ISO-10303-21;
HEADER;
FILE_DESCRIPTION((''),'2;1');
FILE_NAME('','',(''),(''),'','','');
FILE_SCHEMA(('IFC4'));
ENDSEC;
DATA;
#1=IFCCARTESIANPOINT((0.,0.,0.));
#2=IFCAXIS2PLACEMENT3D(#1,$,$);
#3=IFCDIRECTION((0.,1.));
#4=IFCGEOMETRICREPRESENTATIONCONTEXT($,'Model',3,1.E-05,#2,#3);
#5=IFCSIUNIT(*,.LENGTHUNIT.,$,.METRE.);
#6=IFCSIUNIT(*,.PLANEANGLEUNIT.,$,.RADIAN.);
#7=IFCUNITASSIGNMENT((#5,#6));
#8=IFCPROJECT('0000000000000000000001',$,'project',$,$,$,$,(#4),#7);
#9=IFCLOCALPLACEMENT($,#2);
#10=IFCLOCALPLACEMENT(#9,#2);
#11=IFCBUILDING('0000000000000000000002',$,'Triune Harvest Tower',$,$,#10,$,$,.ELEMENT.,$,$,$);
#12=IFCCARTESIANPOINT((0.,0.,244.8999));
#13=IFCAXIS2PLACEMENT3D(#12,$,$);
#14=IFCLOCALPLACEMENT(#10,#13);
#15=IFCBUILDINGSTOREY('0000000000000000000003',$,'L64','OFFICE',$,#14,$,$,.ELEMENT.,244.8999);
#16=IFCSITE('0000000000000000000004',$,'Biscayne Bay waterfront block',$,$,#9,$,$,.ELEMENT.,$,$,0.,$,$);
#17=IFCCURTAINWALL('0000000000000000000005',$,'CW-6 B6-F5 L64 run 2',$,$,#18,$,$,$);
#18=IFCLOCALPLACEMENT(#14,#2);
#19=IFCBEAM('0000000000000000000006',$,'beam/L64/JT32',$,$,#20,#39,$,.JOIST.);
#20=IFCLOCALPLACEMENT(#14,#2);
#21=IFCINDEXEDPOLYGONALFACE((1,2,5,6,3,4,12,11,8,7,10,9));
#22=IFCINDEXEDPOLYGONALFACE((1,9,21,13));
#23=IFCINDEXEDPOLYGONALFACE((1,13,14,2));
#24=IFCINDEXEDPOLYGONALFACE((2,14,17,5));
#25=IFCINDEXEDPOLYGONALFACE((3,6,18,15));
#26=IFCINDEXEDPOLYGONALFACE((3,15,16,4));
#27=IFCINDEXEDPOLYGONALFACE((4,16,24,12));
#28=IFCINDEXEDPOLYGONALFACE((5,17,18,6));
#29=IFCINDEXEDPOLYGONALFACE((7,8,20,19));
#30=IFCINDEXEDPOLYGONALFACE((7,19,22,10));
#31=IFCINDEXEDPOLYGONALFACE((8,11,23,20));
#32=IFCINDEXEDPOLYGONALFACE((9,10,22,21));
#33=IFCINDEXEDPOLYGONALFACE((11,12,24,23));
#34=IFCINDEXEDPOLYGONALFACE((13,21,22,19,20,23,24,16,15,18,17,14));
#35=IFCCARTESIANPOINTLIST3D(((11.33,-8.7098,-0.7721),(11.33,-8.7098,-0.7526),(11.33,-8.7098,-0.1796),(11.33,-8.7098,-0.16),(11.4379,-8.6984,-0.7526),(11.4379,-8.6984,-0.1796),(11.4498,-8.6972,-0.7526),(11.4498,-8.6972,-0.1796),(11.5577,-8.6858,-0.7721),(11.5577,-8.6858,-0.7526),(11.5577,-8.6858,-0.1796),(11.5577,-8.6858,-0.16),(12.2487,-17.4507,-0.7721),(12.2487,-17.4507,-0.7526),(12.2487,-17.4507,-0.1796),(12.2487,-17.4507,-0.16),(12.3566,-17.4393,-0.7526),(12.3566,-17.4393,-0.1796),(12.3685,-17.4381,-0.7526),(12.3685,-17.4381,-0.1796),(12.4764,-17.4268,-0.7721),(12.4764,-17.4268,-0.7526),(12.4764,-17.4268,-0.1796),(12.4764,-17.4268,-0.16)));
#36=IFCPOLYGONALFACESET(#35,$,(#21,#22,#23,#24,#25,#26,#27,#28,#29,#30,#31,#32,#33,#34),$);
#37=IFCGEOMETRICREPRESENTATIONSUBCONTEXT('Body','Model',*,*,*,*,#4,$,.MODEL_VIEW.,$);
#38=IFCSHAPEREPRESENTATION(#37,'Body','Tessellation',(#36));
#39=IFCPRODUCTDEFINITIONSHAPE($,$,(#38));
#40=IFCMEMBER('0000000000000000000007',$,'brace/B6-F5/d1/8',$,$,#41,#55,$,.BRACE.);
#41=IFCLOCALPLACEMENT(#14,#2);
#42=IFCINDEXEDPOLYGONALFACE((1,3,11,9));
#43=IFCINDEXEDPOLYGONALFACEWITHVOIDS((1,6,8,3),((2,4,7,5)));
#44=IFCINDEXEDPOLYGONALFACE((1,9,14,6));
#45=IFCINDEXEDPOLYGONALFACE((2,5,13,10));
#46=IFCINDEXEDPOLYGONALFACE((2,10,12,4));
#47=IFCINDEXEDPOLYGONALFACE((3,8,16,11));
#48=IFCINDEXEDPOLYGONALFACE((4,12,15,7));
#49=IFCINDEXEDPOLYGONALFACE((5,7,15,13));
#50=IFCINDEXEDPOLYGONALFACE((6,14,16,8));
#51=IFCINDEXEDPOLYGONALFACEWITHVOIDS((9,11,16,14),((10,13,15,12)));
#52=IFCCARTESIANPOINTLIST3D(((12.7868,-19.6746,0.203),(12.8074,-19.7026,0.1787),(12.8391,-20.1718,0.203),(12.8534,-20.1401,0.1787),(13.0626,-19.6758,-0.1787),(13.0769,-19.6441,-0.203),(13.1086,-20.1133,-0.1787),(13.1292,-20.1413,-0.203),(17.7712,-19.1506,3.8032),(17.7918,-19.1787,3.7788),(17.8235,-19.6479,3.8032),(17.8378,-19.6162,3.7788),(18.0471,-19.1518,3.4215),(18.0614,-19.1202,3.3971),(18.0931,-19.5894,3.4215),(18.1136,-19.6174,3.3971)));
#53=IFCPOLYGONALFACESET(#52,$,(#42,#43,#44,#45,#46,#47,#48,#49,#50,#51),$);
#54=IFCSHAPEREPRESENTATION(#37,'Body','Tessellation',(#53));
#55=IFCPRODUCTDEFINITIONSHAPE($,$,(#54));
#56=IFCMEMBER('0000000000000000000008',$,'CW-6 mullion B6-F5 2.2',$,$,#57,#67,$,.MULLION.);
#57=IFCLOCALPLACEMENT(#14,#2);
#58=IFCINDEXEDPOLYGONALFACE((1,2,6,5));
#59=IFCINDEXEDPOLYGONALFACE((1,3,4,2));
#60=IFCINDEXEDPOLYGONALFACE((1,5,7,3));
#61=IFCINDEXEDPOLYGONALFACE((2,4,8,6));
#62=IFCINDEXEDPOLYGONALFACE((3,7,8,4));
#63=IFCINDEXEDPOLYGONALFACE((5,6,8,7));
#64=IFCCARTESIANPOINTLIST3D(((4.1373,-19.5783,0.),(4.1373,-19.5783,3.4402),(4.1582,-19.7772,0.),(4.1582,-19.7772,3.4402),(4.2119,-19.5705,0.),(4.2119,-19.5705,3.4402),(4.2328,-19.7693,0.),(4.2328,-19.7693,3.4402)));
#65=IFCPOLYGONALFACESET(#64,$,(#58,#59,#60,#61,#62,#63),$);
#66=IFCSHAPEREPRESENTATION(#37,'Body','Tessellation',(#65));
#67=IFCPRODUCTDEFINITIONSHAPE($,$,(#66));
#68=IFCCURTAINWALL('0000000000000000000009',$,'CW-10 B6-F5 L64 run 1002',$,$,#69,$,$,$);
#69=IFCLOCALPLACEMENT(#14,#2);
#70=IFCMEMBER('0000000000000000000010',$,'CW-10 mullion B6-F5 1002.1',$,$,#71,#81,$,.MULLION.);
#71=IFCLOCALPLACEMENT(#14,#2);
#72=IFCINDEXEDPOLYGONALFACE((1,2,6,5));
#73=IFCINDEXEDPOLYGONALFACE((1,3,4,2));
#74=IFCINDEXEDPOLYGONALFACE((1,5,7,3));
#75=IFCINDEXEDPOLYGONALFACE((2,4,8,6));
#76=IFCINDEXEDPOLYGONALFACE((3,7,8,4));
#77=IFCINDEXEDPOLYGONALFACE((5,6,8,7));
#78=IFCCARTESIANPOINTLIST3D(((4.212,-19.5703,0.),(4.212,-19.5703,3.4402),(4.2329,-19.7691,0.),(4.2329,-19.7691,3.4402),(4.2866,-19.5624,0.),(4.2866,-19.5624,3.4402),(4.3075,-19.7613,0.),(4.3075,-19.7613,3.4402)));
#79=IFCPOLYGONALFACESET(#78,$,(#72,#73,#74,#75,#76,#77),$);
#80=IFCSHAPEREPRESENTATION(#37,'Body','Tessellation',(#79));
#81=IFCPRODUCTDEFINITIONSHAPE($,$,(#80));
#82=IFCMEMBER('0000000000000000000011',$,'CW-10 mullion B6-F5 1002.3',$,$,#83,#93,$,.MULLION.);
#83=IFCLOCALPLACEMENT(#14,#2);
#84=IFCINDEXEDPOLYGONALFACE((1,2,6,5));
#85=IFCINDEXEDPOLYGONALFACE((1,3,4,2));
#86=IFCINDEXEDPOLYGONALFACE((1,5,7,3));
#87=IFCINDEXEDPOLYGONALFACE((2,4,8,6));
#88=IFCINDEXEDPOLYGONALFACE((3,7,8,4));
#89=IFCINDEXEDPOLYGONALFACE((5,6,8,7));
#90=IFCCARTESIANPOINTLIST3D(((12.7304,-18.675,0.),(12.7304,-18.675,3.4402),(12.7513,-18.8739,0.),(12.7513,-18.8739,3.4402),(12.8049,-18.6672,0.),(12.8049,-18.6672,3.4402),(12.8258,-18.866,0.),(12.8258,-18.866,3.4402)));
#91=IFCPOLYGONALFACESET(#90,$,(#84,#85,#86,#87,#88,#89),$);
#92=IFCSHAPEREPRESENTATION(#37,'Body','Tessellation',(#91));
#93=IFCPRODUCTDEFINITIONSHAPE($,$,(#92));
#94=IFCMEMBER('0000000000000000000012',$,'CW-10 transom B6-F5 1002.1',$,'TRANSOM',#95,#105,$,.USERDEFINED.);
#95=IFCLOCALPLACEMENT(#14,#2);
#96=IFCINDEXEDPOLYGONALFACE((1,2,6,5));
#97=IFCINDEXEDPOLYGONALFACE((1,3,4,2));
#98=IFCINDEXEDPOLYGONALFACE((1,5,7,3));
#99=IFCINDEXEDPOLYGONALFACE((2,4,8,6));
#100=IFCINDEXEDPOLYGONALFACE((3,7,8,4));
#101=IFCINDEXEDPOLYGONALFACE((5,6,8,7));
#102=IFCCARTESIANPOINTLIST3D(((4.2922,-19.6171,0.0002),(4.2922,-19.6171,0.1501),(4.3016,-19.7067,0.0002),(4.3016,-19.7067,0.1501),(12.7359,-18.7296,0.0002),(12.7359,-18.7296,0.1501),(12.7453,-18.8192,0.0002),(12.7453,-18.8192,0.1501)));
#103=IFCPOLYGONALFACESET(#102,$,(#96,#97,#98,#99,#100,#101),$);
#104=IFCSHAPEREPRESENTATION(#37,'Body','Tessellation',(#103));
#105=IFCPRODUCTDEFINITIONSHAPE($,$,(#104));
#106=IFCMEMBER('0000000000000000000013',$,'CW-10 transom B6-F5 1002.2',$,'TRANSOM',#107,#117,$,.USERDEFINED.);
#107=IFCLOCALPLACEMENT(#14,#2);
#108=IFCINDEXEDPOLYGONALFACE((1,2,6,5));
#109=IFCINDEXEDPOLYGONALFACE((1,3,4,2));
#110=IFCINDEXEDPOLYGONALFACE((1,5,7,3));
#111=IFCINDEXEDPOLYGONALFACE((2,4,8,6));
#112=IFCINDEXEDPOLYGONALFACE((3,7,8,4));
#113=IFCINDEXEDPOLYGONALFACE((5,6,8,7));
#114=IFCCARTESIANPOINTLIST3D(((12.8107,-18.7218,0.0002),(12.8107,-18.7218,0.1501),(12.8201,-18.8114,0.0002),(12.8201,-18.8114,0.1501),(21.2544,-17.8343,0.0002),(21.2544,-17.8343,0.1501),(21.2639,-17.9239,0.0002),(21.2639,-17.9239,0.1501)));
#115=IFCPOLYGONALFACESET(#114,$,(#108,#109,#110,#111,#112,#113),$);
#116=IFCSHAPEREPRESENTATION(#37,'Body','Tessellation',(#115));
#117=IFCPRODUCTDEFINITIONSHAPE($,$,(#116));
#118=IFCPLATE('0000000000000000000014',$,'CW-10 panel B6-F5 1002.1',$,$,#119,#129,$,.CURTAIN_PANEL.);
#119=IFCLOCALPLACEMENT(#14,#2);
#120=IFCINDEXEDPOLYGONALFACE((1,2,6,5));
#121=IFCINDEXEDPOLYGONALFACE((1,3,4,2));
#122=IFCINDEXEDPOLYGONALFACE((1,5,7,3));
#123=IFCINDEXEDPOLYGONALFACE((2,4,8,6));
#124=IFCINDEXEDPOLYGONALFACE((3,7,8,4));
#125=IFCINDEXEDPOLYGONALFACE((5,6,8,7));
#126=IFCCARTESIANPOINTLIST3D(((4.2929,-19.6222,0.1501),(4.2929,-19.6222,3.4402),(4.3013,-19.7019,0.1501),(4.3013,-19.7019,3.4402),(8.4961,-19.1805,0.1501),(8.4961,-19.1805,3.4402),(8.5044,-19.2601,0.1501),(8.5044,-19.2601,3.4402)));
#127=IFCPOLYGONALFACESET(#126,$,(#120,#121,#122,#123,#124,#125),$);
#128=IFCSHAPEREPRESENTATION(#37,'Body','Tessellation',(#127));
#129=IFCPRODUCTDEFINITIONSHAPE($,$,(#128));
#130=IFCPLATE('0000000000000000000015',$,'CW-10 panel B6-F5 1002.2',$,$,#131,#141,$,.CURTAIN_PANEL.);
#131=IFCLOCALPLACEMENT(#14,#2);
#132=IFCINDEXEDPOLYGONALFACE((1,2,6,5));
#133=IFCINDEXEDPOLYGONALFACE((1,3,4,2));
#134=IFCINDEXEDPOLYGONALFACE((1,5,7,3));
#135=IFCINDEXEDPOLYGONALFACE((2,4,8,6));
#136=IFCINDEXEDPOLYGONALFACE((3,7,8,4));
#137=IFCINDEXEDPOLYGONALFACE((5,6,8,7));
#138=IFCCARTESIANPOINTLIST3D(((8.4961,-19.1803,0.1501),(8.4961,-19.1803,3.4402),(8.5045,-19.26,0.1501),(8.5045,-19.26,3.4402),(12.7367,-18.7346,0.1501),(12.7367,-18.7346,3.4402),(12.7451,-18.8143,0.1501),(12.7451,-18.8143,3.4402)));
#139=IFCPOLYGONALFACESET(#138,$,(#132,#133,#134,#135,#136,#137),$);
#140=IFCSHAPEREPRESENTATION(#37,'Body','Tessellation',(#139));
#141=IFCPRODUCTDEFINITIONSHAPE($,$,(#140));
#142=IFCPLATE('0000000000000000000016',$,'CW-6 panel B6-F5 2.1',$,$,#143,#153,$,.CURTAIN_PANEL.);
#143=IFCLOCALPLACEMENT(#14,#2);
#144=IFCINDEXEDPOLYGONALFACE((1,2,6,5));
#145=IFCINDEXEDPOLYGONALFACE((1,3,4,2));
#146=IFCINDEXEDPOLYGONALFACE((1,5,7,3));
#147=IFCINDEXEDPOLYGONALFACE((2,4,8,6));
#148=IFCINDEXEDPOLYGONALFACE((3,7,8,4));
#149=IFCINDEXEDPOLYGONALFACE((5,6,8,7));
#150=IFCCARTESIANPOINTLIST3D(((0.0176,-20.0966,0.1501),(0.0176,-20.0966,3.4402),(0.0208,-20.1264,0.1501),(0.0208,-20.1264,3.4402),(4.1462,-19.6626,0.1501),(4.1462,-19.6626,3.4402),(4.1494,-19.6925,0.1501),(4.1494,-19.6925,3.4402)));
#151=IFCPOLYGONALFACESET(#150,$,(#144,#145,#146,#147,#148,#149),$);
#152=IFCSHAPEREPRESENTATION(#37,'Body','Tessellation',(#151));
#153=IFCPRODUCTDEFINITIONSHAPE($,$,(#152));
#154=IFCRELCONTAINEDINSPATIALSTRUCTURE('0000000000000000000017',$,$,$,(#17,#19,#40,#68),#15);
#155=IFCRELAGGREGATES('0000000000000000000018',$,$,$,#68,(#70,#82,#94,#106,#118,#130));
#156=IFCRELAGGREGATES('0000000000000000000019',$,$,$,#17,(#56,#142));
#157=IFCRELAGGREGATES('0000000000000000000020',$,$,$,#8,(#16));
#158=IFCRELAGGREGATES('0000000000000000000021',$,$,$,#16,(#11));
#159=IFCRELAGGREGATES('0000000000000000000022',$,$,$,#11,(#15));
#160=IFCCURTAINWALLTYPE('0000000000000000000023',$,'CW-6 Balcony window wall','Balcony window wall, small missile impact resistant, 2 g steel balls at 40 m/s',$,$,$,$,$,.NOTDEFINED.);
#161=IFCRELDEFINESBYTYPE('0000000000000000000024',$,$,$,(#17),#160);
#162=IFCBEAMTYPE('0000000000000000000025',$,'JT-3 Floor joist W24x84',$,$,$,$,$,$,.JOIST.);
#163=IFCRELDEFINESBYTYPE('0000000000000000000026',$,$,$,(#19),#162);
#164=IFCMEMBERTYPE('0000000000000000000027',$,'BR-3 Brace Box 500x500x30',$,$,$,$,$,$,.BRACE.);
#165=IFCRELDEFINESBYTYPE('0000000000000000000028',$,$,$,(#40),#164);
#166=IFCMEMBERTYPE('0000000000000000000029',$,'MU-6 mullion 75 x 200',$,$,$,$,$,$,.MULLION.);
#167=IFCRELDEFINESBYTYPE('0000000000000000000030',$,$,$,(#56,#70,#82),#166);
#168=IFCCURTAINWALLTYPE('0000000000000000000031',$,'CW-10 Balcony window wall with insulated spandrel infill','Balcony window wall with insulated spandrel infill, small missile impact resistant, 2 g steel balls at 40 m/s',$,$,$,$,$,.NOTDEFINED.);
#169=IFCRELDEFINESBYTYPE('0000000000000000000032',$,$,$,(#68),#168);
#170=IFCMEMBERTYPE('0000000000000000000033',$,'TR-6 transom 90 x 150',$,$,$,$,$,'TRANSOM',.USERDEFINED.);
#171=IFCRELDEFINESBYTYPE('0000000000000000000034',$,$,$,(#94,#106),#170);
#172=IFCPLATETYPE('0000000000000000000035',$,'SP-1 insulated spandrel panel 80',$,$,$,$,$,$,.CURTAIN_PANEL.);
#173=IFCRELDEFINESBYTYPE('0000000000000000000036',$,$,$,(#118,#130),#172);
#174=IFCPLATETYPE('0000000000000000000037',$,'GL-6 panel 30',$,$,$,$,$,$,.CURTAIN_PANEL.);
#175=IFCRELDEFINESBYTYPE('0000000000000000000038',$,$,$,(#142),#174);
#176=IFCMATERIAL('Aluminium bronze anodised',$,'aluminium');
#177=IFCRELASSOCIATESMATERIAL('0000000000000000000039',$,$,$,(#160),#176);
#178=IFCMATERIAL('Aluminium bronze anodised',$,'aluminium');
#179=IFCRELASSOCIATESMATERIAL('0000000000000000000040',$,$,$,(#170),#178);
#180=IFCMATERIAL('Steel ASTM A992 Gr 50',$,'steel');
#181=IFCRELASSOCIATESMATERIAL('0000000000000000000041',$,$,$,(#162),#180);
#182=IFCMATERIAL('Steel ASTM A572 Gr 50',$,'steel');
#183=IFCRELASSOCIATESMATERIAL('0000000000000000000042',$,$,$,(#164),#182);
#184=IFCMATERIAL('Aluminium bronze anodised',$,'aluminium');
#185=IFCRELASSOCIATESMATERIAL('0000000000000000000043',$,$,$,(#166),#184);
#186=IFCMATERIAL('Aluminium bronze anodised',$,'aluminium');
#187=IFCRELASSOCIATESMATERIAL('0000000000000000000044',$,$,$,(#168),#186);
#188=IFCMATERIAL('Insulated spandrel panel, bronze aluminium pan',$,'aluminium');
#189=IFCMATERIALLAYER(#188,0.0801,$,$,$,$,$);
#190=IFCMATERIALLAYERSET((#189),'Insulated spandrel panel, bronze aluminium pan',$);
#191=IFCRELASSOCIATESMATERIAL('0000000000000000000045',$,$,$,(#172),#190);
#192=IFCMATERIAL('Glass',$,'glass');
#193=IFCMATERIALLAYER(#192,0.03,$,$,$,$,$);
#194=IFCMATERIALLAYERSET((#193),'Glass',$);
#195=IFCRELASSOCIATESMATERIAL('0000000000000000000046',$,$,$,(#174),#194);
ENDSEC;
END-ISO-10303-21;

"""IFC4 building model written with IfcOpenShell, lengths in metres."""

from ifc_helpers import new_model, si_unit, direction, frame, origin, origin_2d, place, context, subcontext, project, spatial, rectangle, hollow_rectangle, i_section, extrude, source, transform, mapped, material, layer, layer_set, material_profile, profile_set, type_object, element, aggregate, save


model = new_model("IFC4")

# Units and contexts
model_context = context("Model", 3, precision=1e-05, world=origin(), true_north=direction((0.0, 1.0)))
body_context = subcontext(model_context, "Body", "Model", "MODEL_VIEW")
ifc_project = project(units=[si_unit("LENGTHUNIT", "METRE"), si_unit("PLANEANGLEUNIT", "RADIAN")], contexts=[model_context])

# Site, building, storey
site_placement = place(None, origin())
site = spatial("IfcSite", under=ifc_project, at=site_placement, Name="Biscayne Bay waterfront block", CompositionType="ELEMENT", RefElevation=0.0)
building_placement = place(site_placement, origin())
building = spatial("IfcBuilding", under=site, at=building_placement, Name="Triune Harvest Tower", CompositionType="ELEMENT")
storey_placement = place(building_placement, frame((0.0, 0.0, 244.8999)))
storey = spatial("IfcBuildingStorey", under=building, at=storey_placement, Name="L64", Description="OFFICE", CompositionType="ELEMENT", Elevation=244.8999)

# Curtain wall
ifc_material_1 = material(Name="Aluminium bronze anodised", Category="aluminium")
curtain_wall_type_1 = type_object("IfcCurtainWallType", Name="CW-6 Balcony window wall", Description="Balcony window wall, small missile impact resistant, 2 g steel balls at 40 m/s", PredefinedType="NOTDEFINED", material=ifc_material_1)
curtain_wall_1_placement = place(storey_placement, origin())
curtain_wall_1 = element("IfcCurtainWall", 1, at=curtain_wall_1_placement, inside=storey, type_object=curtain_wall_type_1, Name="CW-6 B6-F5 L64 run 2")
ifc_material_2 = material(Name="Aluminium bronze anodised", Category="aluminium")
ifc_material_profile_1 = material_profile(ifc_material_2, rectangle(XDim=0.0901, YDim=0.1499, at=origin_2d()), Name="TR-6 transom 90 x 150")
ifc_profile_set_1 = profile_set([ifc_material_profile_1], Name="Aluminium bronze anodised")
member_type_1 = type_object("IfcMemberType", Name="TR-6 transom 90 x 150", ElementType="TRANSOM", PredefinedType="USERDEFINED", material=ifc_profile_set_1)

# Beam
ifc_material_3 = material(Name="Steel ASTM A992 Gr 50", Category="steel")
ifc_material_profile_2 = material_profile(ifc_material_3, i_section(OverallWidth=0.229, OverallDepth=0.6121, WebThickness=0.012, FlangeThickness=0.0195, at=origin_2d()), Name="W24x84")
ifc_profile_set_2 = profile_set([ifc_material_profile_2], Name="Steel ASTM A992 Gr 50")
beam_type_1 = type_object("IfcBeamType", Name="JT-3 Floor joist W24x84", PredefinedType="JOIST", material=ifc_profile_set_2)
shared_shape_1 = source(origin(), body_context, "Body", "SweptSolid", [
    extrude(i_section(OverallWidth=0.229, OverallDepth=0.6121, WebThickness=0.012, FlangeThickness=0.0195, at=origin_2d()), origin(), (0.0, 0.0, 1.0), 8.7891),
])
beam_1_placement = place(storey_placement, frame((12.3625, -17.4387, -0.4661), z_axis=(-0.104527, 0.994522, 0.0), x_axis=(-0.994522, -0.104527, 0.0)))
element("IfcBeam", 2, at=beam_1_placement, inside=storey, type_object=beam_type_1, Name="beam/L64/JT32", PredefinedType="JOIST", context=body_context, shape_type="MappedRepresentation", body=[
    mapped(shared_shape_1, transform((0.0, 0.0, 0.0), scale=1.0)),
])

# Members
ifc_material_4 = material(Name="Steel ASTM A572 Gr 50", Category="steel")
ifc_material_profile_3 = material_profile(ifc_material_4, hollow_rectangle(XDim=0.5, YDim=0.5, WallThickness=0.03, at=origin_2d()), Name="Box 500x500x30")
ifc_profile_set_3 = profile_set([ifc_material_profile_3], Name="Steel ASTM A572 Gr 50")
member_type_2 = type_object("IfcMemberType", Name="BR-3 Brace Box 500x500x30", PredefinedType="BRACE", material=ifc_profile_set_3)
shared_shape_2 = source(origin(), body_context, "Body", "SweptSolid", [
    extrude(hollow_rectangle(XDim=0.5, YDim=0.5, WallThickness=0.03, at=origin_2d()), origin(), (0.0, 0.0, 1.0), 6.1709),
])
member_1_placement = place(storey_placement, frame((12.958, -19.908, 0.0), z_axis=(0.807731, 0.084904, 0.583405), x_axis=(-0.104538, 0.994521, 0.0)))
element("IfcMember", 3, at=member_1_placement, inside=storey, type_object=member_type_2, Name="brace/B6-F5/d1/8", PredefinedType="BRACE", context=body_context, shape_type="MappedRepresentation", body=[
    mapped(shared_shape_2, transform((0.0, 0.0, 0.0), scale=1.0)),
])
ifc_material_5 = material(Name="Aluminium bronze anodised", Category="aluminium")
ifc_material_profile_4 = material_profile(ifc_material_5, rectangle(XDim=0.2, YDim=0.075, at=origin_2d()), Name="MU-6 mullion 75 x 200")
ifc_profile_set_4 = profile_set([ifc_material_profile_4], Name="Aluminium bronze anodised")
member_type_3 = type_object("IfcMemberType", Name="MU-6 mullion 75 x 200", PredefinedType="MULLION", material=ifc_profile_set_4)
shared_shape_3 = source(origin(), body_context, "Body", "SweptSolid", [
    extrude(rectangle(XDim=0.2, YDim=0.075, at=origin_2d()), origin(), (0.0, 0.0, 1.0), 3.4402),
])
member_2_placement = place(storey_placement, frame((4.1851, -19.6738, 0.0), z_axis=(0.0, 0.0, 1.0), x_axis=(-0.104535, 0.994521, 0.0)))
member_2 = element("IfcMember", 4, at=member_2_placement, type_object=member_type_3, Name="CW-6 mullion B6-F5 2.2", PredefinedType="MULLION", context=body_context, shape_type="MappedRepresentation", body=[
    mapped(shared_shape_3, transform((0.0, 0.0, 0.0), scale=1.0)),
])

# Curtain wall, members, plates
ifc_material_6 = material(Name="Aluminium bronze anodised", Category="aluminium")
curtain_wall_type_2 = type_object("IfcCurtainWallType", Name="CW-10 Balcony window wall with insulated spandrel infill", Description="Balcony window wall with insulated spandrel infill, small missile impact resistant, 2 g steel balls at 40 m/s", PredefinedType="NOTDEFINED", material=ifc_material_6)
curtain_wall_2_placement = place(storey_placement, origin())
curtain_wall_2 = element("IfcCurtainWall", 5, at=curtain_wall_2_placement, inside=storey, type_object=curtain_wall_type_2, Name="CW-10 B6-F5 L64 run 1002")
member_3_placement = place(storey_placement, frame((4.2598, -19.6658, 0.0), z_axis=(0.0, 0.0, 1.0), x_axis=(-0.10453, 0.994522, 0.0)))
member_3 = element("IfcMember", 6, at=member_3_placement, type_object=member_type_3, Name="CW-10 mullion B6-F5 1002.1", PredefinedType="MULLION", context=body_context, shape_type="MappedRepresentation", body=[
    mapped(shared_shape_3, transform((0.0, 0.0, 0.0), scale=1.0)),
])
member_4_placement = place(storey_placement, frame((12.7781, -18.7705, 0.0), z_axis=(0.0, 0.0, 1.0), x_axis=(-0.10453, 0.994522, 0.0)))
member_4 = element("IfcMember", 7, at=member_4_placement, type_object=member_type_3, Name="CW-10 mullion B6-F5 1002.3", PredefinedType="MULLION", context=body_context, shape_type="MappedRepresentation", body=[
    mapped(shared_shape_3, transform((0.0, 0.0, 0.0), scale=1.0)),
])
shared_shape_4 = source(origin(), body_context, "Body", "SweptSolid", [
    extrude(rectangle(XDim=0.0901, YDim=0.1499, at=origin_2d()), origin(), (0.0, 0.0, 1.0), 8.4902),
])
member_5_placement = place(storey_placement, frame((4.2969, -19.6619, 0.0752), z_axis=(0.994522, 0.104525, 0.0), x_axis=(-0.104525, 0.994522, 0.0)))
member_5 = element("IfcMember", 8, at=member_5_placement, type_object=member_type_1, Name="CW-10 transom B6-F5 1002.1", ObjectType="TRANSOM", PredefinedType="USERDEFINED", context=body_context, shape_type="MappedRepresentation", body=[
    mapped(shared_shape_4, transform((0.0, 0.0, 0.0), scale=1.0)),
])
member_6_placement = place(storey_placement, frame((12.8154, -18.7666, 0.0752), z_axis=(0.994522, 0.104528, 0.0), x_axis=(-0.104528, 0.994522, 0.0)))
member_6 = element("IfcMember", 9, at=member_6_placement, type_object=member_type_1, Name="CW-10 transom B6-F5 1002.2", ObjectType="TRANSOM", PredefinedType="USERDEFINED", context=body_context, shape_type="MappedRepresentation", body=[
    mapped(shared_shape_4, transform((0.0, 0.0, 0.0), scale=1.0)),
])
ifc_material_7 = material(Name="Insulated spandrel panel, bronze aluminium pan", Category="aluminium")
ifc_layer_1 = layer(ifc_material_7, 0.0801)
ifc_layer_set_1 = layer_set([ifc_layer_1], Name="Insulated spandrel panel, bronze aluminium pan")
plate_type_1 = type_object("IfcPlateType", Name="SP-1 insulated spandrel panel 80", PredefinedType="CURTAIN_PANEL", material=ifc_layer_set_1)
shared_shape_5 = source(origin(), body_context, "Body", "SweptSolid", [
    extrude(rectangle(XDim=4.2263, YDim=0.0801, at=origin_2d()), origin(), (0.0, 0.0, 1.0), 3.29),
])
plate_1_placement = place(storey_placement, frame((6.3987, -19.4412, 0.1501), z_axis=(0.0, 0.0, 1.0), x_axis=(0.994522, 0.10453, 0.0)))
plate_1 = element("IfcPlate", 10, at=plate_1_placement, type_object=plate_type_1, Name="CW-10 panel B6-F5 1002.1", PredefinedType="CURTAIN_PANEL", context=body_context, shape_type="MappedRepresentation", body=[
    mapped(shared_shape_5, transform((0.0, 0.0, 0.0), scale=1.0)),
])
shared_shape_6 = source(origin(), body_context, "Body", "SweptSolid", [
    extrude(rectangle(XDim=4.2639, YDim=0.0801, at=origin_2d()), origin(), (0.0, 0.0, 1.0), 3.29),
])
plate_2_placement = place(storey_placement, frame((10.6206, -18.9973, 0.1501), z_axis=(0.0, 0.0, 1.0), x_axis=(0.994522, 0.10453, 0.0)))
plate_2 = element("IfcPlate", 11, at=plate_2_placement, type_object=plate_type_1, Name="CW-10 panel B6-F5 1002.2", PredefinedType="CURTAIN_PANEL", context=body_context, shape_type="MappedRepresentation", body=[
    mapped(shared_shape_6, transform((0.0, 0.0, 0.0), scale=1.0)),
])
aggregate(curtain_wall_2, [member_3, member_4, member_5, member_6, plate_1, plate_2])

# Plate
ifc_material_8 = material(Name="Glass", Category="glass")
ifc_layer_2 = layer(ifc_material_8, 0.03)
ifc_layer_set_2 = layer_set([ifc_layer_2], Name="Glass")
plate_type_2 = type_object("IfcPlateType", Name="GL-6 panel 30", PredefinedType="CURTAIN_PANEL", material=ifc_layer_set_2)
shared_shape_7 = source(origin(), body_context, "Body", "SweptSolid", [
    extrude(rectangle(XDim=4.1514, YDim=0.03, at=origin_2d()), origin(), (0.0, 0.0, 1.0), 3.29),
])
plate_3_placement = place(storey_placement, frame((2.0835, -19.8945, 0.1501), z_axis=(0.0, 0.0, 1.0), x_axis=(0.994521, 0.104535, 0.0)))
plate_3 = element("IfcPlate", 12, at=plate_3_placement, type_object=plate_type_2, Name="CW-6 panel B6-F5 2.1", PredefinedType="CURTAIN_PANEL", context=body_context, shape_type="MappedRepresentation", body=[
    mapped(shared_shape_7, transform((0.0, 0.0, 0.0), scale=1.0)),
])
aggregate(curtain_wall_1, [member_2, plate_3])

save(model, "model.ifc")
